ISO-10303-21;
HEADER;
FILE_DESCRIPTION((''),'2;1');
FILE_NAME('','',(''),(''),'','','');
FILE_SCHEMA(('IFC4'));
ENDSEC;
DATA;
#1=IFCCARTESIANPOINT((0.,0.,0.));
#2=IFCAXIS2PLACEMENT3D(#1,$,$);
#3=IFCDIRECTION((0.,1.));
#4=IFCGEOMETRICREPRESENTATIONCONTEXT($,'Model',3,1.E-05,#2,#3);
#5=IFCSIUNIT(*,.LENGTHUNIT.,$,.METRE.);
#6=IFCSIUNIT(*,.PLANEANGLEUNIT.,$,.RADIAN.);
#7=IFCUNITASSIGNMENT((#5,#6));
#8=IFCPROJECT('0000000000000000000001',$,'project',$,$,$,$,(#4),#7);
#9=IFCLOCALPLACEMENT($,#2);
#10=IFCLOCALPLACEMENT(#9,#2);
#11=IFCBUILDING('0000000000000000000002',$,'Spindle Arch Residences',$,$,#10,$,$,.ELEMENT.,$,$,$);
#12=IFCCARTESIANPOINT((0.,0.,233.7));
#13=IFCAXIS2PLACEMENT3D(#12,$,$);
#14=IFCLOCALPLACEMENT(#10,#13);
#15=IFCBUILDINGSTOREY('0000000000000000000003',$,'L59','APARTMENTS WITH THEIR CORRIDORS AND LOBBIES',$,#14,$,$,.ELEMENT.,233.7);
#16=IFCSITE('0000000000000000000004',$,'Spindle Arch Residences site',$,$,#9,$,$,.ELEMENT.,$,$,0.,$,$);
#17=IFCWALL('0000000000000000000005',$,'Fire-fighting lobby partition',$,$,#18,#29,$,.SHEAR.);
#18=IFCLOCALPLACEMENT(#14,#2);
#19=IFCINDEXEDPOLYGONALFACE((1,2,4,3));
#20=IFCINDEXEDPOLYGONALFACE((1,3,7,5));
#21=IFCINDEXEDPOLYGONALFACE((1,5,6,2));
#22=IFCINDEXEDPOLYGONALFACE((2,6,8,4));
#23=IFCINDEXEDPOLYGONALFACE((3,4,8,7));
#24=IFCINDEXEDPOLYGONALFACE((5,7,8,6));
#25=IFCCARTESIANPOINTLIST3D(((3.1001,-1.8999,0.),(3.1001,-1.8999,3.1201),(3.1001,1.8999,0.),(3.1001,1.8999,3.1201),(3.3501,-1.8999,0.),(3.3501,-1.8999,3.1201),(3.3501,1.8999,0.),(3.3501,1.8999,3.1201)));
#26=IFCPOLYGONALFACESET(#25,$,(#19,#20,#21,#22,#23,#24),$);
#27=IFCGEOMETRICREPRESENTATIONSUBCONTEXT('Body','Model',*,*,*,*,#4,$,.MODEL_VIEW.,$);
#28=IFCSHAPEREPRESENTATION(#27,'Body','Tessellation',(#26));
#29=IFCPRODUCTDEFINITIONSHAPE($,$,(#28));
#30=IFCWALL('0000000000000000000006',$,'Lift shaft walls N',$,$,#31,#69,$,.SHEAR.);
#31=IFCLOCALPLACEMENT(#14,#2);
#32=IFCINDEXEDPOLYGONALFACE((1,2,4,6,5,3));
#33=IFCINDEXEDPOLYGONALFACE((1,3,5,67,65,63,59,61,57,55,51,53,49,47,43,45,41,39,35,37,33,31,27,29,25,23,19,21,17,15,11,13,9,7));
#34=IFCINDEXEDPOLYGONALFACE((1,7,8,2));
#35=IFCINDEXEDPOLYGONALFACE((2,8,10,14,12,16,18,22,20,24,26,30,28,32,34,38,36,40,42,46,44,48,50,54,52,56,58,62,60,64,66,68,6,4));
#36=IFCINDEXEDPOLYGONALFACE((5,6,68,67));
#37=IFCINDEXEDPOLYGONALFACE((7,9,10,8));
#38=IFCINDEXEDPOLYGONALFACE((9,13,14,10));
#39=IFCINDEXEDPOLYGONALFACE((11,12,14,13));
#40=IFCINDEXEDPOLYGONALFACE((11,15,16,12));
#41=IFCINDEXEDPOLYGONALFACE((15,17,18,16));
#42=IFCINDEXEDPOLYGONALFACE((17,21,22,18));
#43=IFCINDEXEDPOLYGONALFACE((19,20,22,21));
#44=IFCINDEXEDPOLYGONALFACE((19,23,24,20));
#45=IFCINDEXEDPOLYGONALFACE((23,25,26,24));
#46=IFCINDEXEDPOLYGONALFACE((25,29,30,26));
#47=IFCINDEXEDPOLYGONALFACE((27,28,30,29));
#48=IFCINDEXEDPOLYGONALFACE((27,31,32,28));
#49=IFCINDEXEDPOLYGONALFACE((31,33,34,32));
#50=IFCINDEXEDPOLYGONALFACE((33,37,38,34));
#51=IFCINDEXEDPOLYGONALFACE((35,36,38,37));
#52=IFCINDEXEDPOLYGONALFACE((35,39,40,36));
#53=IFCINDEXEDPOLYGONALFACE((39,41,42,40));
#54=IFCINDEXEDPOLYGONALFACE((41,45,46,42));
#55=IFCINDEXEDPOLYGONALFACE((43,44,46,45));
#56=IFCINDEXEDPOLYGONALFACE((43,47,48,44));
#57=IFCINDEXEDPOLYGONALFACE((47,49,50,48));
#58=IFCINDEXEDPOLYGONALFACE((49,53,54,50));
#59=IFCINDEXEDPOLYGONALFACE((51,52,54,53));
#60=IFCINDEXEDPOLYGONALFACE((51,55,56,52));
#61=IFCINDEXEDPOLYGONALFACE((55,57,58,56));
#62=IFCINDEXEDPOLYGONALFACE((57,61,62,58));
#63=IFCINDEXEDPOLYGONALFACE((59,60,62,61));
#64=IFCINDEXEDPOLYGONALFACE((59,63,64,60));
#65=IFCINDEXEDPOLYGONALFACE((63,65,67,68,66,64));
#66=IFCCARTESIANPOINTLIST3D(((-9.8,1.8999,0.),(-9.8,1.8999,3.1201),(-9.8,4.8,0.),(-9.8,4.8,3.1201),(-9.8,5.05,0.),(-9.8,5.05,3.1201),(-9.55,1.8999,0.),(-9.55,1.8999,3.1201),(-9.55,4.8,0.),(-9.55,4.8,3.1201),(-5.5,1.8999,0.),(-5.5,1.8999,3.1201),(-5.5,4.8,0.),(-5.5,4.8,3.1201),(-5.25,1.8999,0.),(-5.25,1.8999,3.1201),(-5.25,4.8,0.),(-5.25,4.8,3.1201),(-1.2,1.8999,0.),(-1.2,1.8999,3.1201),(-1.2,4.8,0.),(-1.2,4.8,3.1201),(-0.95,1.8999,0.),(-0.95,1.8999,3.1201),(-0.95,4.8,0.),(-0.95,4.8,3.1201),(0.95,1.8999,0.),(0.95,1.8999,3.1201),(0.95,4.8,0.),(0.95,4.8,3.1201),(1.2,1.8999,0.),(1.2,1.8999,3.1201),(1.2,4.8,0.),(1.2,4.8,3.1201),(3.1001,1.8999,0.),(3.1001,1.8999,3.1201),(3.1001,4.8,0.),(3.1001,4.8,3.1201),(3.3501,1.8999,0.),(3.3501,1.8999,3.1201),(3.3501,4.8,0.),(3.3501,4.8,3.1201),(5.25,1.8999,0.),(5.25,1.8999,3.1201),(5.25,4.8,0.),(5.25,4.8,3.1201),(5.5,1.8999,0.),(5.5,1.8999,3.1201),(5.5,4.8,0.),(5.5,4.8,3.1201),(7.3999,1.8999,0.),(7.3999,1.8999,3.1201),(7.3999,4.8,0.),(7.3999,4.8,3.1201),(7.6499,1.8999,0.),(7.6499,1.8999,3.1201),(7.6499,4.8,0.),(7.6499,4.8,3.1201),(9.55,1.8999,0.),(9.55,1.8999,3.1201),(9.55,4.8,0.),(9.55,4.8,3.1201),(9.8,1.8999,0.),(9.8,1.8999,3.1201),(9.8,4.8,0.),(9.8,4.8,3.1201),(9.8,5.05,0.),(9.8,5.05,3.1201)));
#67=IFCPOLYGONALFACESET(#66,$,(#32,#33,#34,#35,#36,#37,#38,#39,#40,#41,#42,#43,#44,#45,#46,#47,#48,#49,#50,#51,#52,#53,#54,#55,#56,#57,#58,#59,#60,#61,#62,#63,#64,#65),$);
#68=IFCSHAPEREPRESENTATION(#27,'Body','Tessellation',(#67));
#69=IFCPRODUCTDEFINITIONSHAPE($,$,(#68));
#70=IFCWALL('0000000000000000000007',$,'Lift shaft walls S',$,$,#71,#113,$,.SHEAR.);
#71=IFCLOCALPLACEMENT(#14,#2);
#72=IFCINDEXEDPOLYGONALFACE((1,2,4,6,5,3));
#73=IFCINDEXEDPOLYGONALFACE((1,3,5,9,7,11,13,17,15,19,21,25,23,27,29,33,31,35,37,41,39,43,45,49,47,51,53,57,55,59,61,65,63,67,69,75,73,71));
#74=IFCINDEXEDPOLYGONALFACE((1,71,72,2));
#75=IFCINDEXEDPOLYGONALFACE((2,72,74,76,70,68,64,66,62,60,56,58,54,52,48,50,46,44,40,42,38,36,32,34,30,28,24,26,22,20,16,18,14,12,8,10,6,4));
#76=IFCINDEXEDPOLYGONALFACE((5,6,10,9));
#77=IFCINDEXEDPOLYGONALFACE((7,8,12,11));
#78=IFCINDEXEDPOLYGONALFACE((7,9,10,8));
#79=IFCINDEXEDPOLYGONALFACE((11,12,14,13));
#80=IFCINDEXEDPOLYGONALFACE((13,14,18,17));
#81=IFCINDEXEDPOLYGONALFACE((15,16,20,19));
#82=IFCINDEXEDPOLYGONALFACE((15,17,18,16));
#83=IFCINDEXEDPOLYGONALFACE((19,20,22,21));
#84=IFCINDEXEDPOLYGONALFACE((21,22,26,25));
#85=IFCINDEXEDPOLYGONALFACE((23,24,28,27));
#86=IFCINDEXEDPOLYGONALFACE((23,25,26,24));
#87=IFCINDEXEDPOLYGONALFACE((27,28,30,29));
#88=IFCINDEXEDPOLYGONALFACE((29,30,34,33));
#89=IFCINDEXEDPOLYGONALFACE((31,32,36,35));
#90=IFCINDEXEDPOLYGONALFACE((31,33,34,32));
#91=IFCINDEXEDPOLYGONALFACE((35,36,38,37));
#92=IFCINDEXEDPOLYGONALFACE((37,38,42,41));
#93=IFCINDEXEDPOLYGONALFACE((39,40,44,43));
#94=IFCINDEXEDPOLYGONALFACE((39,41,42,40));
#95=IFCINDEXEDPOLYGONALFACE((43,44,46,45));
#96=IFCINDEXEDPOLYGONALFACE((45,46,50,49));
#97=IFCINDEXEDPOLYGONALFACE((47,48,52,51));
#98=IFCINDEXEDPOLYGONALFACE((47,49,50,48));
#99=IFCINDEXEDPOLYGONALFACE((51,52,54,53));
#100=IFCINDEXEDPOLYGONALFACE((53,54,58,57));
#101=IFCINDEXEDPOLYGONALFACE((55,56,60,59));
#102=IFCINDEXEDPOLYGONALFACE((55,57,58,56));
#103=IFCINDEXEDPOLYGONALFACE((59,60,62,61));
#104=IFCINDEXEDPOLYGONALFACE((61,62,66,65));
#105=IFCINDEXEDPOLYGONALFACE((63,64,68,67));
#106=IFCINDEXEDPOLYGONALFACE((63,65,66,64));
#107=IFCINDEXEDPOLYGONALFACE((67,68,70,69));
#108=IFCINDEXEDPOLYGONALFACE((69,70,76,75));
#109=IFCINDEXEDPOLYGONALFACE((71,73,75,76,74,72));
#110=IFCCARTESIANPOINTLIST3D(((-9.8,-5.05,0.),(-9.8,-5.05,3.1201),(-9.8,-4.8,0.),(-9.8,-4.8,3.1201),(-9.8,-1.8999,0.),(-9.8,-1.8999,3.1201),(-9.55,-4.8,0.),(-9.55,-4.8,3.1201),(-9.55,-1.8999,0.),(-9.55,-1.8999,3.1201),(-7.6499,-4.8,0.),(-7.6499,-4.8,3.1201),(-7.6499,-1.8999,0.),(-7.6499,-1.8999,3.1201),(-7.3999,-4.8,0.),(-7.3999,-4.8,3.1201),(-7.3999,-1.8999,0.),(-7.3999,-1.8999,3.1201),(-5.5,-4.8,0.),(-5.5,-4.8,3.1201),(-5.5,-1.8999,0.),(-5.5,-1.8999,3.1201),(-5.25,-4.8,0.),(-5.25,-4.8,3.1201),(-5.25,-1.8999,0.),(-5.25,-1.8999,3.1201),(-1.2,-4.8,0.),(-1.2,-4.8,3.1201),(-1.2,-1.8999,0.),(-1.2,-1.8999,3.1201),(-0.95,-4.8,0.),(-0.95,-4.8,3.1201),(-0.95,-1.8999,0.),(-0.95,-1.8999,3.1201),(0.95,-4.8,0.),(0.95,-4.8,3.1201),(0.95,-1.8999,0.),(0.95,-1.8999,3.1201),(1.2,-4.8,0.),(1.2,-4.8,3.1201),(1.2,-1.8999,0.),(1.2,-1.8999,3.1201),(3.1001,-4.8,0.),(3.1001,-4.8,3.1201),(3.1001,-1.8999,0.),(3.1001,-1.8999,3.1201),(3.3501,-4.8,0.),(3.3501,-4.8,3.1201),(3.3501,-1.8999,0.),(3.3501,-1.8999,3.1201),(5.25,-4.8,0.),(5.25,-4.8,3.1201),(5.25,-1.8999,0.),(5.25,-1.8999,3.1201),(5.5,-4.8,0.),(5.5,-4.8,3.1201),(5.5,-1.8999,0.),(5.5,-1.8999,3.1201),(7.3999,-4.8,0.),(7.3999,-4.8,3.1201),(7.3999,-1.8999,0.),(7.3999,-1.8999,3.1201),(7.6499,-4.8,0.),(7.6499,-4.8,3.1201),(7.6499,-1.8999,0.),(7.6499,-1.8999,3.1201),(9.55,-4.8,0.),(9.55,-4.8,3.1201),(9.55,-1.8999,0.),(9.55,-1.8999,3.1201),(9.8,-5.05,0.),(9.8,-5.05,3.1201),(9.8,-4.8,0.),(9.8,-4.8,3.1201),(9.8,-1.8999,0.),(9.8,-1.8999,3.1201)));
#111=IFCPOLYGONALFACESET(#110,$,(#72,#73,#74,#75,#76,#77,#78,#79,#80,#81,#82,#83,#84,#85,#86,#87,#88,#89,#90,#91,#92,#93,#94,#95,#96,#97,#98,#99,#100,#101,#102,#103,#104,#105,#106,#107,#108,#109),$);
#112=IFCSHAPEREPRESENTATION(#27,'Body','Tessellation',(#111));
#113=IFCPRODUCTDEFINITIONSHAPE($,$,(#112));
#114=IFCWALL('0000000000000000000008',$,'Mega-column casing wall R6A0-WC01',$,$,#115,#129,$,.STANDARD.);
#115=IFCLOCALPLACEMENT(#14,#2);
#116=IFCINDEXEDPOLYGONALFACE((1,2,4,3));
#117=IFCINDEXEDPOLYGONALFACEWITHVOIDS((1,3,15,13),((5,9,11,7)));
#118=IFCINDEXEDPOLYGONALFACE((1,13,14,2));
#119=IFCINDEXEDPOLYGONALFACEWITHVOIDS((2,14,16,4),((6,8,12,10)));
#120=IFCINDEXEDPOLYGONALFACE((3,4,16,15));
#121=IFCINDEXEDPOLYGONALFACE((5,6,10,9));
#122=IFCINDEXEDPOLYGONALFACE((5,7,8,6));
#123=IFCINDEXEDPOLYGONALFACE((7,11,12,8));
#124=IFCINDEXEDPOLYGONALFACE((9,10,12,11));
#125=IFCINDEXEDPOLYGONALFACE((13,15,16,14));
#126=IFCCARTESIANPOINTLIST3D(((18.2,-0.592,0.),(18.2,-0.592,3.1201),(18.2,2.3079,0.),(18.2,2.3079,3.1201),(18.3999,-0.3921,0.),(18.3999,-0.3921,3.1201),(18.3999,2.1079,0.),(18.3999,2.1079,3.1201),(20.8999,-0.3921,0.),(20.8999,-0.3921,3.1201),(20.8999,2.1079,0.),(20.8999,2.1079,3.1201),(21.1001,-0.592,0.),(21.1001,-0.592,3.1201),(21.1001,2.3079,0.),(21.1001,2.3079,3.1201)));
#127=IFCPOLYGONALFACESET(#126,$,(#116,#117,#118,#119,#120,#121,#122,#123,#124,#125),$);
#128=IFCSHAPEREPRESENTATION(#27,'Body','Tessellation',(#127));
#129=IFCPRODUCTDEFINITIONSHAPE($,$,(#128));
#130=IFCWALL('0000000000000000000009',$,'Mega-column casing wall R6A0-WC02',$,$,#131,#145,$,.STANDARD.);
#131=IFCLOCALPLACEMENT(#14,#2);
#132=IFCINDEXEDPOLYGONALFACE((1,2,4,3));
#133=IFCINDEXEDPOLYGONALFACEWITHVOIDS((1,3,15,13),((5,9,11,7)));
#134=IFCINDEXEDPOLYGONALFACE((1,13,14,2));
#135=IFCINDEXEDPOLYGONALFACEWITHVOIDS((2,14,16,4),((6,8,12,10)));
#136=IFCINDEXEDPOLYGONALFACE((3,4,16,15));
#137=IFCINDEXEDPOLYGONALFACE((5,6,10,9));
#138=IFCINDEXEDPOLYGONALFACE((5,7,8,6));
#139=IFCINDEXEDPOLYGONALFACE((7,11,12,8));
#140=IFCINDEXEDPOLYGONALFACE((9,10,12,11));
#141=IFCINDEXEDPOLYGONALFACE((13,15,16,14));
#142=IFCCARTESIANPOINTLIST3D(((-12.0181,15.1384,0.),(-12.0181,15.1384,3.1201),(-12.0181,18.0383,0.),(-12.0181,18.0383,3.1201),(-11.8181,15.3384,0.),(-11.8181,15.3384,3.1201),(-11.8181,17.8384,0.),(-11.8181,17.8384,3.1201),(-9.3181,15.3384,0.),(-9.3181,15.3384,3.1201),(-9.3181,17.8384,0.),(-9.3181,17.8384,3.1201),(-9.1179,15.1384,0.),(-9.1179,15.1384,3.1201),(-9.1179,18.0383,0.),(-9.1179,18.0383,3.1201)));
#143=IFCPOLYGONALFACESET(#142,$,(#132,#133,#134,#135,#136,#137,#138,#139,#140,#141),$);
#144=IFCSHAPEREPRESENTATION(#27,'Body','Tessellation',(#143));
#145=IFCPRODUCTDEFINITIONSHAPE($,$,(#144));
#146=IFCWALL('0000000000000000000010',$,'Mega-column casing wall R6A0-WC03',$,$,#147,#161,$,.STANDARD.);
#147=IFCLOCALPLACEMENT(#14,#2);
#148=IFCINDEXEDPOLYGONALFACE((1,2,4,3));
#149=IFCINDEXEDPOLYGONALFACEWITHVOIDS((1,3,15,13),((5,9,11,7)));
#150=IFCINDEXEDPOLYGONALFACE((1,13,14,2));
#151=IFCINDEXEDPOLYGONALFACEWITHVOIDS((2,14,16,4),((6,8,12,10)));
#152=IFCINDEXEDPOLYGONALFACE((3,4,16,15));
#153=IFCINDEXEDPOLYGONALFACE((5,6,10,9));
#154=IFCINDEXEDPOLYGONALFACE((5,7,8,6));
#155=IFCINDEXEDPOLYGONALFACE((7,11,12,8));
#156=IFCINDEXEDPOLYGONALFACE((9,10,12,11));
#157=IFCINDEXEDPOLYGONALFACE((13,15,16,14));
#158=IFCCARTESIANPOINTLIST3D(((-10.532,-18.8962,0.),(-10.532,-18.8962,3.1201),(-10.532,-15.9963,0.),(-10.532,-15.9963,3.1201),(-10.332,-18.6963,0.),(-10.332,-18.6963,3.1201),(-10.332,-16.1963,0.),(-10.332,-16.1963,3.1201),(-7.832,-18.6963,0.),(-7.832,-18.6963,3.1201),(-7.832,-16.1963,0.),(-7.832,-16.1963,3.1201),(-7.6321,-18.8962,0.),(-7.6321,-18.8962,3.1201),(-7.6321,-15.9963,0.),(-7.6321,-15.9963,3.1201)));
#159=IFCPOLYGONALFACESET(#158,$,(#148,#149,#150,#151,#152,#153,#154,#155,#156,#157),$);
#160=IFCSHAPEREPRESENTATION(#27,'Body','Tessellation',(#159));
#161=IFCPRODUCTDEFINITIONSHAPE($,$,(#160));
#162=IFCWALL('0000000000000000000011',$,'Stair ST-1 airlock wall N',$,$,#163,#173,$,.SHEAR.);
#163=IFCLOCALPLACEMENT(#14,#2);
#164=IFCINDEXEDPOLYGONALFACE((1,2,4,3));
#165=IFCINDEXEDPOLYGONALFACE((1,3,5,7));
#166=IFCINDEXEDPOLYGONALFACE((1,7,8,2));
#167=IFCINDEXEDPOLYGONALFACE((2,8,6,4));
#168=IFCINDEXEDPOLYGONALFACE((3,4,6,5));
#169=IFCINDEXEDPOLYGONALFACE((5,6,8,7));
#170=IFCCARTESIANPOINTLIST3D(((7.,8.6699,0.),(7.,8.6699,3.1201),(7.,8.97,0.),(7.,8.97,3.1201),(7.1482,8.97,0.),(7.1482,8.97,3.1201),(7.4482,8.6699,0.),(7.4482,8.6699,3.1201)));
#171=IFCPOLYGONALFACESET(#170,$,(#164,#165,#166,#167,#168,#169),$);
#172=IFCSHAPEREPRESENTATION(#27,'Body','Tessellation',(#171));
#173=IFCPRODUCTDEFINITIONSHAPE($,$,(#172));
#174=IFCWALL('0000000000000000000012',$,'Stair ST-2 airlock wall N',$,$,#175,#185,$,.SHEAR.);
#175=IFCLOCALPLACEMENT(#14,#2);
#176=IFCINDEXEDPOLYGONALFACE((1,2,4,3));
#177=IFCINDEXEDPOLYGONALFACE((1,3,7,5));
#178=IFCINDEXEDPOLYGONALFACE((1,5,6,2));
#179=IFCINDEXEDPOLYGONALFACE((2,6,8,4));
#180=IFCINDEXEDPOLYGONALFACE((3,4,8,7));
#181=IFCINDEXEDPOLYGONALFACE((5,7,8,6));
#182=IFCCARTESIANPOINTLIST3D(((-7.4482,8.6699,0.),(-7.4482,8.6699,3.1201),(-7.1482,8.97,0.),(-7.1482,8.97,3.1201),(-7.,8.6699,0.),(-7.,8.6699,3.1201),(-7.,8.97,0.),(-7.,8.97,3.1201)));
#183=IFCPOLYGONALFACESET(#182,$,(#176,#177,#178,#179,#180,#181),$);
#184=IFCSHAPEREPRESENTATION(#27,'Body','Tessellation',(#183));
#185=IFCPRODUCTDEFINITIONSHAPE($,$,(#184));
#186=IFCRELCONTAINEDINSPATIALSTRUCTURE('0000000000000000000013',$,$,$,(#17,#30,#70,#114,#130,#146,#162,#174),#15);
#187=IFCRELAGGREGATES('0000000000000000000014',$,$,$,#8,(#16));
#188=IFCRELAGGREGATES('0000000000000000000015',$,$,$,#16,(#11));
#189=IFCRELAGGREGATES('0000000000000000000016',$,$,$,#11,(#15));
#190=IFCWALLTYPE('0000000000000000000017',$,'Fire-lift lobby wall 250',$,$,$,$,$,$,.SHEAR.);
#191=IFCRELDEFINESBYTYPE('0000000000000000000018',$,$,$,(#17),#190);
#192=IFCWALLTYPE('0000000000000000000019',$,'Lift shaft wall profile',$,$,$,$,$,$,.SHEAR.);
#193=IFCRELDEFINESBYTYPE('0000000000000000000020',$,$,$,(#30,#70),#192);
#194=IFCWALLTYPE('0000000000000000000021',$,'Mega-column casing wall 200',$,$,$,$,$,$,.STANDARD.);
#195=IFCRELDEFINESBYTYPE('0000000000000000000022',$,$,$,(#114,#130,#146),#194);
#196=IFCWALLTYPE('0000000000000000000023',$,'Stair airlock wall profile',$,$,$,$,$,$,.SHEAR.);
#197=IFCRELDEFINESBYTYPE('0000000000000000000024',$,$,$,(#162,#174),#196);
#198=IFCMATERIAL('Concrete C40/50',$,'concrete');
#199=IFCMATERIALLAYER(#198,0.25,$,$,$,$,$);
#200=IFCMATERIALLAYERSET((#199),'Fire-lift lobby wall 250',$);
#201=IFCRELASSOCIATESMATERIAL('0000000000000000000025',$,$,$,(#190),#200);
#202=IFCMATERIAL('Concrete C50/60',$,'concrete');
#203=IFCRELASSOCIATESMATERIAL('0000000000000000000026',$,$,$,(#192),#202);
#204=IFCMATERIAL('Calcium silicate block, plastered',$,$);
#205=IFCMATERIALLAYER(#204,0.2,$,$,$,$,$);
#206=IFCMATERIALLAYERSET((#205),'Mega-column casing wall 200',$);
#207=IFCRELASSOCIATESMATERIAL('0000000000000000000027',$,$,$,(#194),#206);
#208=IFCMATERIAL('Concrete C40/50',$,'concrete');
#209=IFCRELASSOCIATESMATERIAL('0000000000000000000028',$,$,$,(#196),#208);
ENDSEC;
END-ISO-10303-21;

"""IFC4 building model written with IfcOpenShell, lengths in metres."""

from ifc_helpers import new_model, si_unit, direction, frame, frame_2d, origin, place, context, subcontext, project, spatial, polyline, rectangle, outline, extrude, material, layer, layer_set, type_object, element, save


model = new_model("IFC4")

# Units and contexts
model_context = context("Model", 3, precision=1e-05, world=origin(), true_north=direction((0.0, 1.0)))
body_context = subcontext(model_context, "Body", "Model", "MODEL_VIEW")
ifc_project = project(units=[si_unit("LENGTHUNIT", "METRE"), si_unit("PLANEANGLEUNIT", "RADIAN")], contexts=[model_context])

# Site, building, storey
site_placement = place(None, origin())
site = spatial("IfcSite", under=ifc_project, at=site_placement, Name="Spindle Arch Residences site", CompositionType="ELEMENT", RefElevation=0.0)
building_placement = place(site_placement, origin())
building = spatial("IfcBuilding", under=site, at=building_placement, Name="Spindle Arch Residences", CompositionType="ELEMENT")
storey_placement = place(building_placement, frame((0.0, 0.0, 233.7)))
storey = spatial("IfcBuildingStorey", under=building, at=storey_placement, Name="L59", Description="APARTMENTS WITH THEIR CORRIDORS AND LOBBIES", CompositionType="ELEMENT", Elevation=233.7)

# Wall
ifc_material_1 = material(Name="Concrete C40/50", Category="concrete")
ifc_layer_1 = layer(ifc_material_1, 0.25)
ifc_layer_set_1 = layer_set([ifc_layer_1], Name="Fire-lift lobby wall 250")
wall_type_1 = type_object("IfcWallType", Name="Fire-lift lobby wall 250", PredefinedType="SHEAR", material=ifc_layer_set_1)
wall_1_placement = place(storey_placement, frame((3.2251, -1.8999, 0.0), z_axis=(0.0, 0.0, 1.0), x_axis=(0.0, 1.0, 0.0)))
element("IfcWall", 1, at=wall_1_placement, inside=storey, type_object=wall_type_1, Name="Fire-fighting lobby partition", PredefinedType="SHEAR", context=body_context, shape_type="SweptSolid", body=[
    extrude(rectangle(XDim=3.7998, YDim=0.25, at=frame_2d((1.8999, 0.0))), origin(), (0.0, 0.0, 1.0), 3.1201),
])

# Walls
ifc_material_2 = material(Name="Concrete C50/60", Category="concrete")
wall_type_2 = type_object("IfcWallType", Name="Lift shaft wall profile", PredefinedType="SHEAR", material=ifc_material_2)
wall_2_placement = place(storey_placement, origin())
element("IfcWall", 2, at=wall_2_placement, inside=storey, type_object=wall_type_2, Name="Lift shaft walls N", PredefinedType="SHEAR", context=body_context, shape_type="SweptSolid", body=[
    extrude(outline(polyline([(-9.55, 4.8), (-5.5, 4.8), (-5.5, 1.8999), (-5.25, 1.8999), (-5.25, 4.8), (-1.2, 4.8), (-1.2, 1.8999), (-0.95, 1.8999), (-0.95, 4.8), (0.95, 4.8), (0.95, 1.8999), (1.2, 1.8999), (1.2, 4.8), (3.1001, 4.8), (3.1001, 1.8999), (3.3501, 1.8999), (3.3501, 4.8), (5.25, 4.8), (5.25, 1.8999), (5.5, 1.8999), (5.5, 4.8), (7.3999, 4.8), (7.3999, 1.8999), (7.6499, 1.8999), (7.6499, 4.8), (9.55, 4.8), (9.55, 1.8999), (9.8, 1.8999), (9.8, 4.8), (9.8, 5.05), (-9.8, 5.05), (-9.8, 4.8), (-9.8, 1.8999), (-9.55, 1.8999), (-9.55, 4.8)])), origin(), (0.0, 0.0, 1.0), 3.1201),
])
wall_3_placement = place(storey_placement, origin())
element("IfcWall", 3, at=wall_3_placement, inside=storey, type_object=wall_type_2, Name="Lift shaft walls S", PredefinedType="SHEAR", context=body_context, shape_type="SweptSolid", body=[
    extrude(outline(polyline([(9.8, -5.05), (9.8, -4.8), (9.8, -1.8999), (9.55, -1.8999), (9.55, -4.8), (7.6499, -4.8), (7.6499, -1.8999), (7.3999, -1.8999), (7.3999, -4.8), (5.5, -4.8), (5.5, -1.8999), (5.25, -1.8999), (5.25, -4.8), (3.3501, -4.8), (3.3501, -1.8999), (3.1001, -1.8999), (3.1001, -4.8), (1.2, -4.8), (1.2, -1.8999), (0.95, -1.8999), (0.95, -4.8), (-0.95, -4.8), (-0.95, -1.8999), (-1.2, -1.8999), (-1.2, -4.8), (-5.25, -4.8), (-5.25, -1.8999), (-5.5, -1.8999), (-5.5, -4.8), (-7.3999, -4.8), (-7.3999, -1.8999), (-7.6499, -1.8999), (-7.6499, -4.8), (-9.55, -4.8), (-9.55, -1.8999), (-9.8, -1.8999), (-9.8, -4.8), (-9.8, -5.05), (9.8, -5.05)])), origin(), (0.0, 0.0, 1.0), 3.1201),
])
ifc_material_3 = material(Name="Calcium silicate block, plastered")
ifc_layer_2 = layer(ifc_material_3, 0.2)
ifc_layer_set_2 = layer_set([ifc_layer_2], Name="Mega-column casing wall 200")
wall_type_3 = type_object("IfcWallType", Name="Mega-column casing wall 200", PredefinedType="STANDARD", material=ifc_layer_set_2)
wall_4_placement = place(storey_placement, origin())
element("IfcWall", 4, at=wall_4_placement, inside=storey, type_object=wall_type_3, Name="Mega-column casing wall R6A0-WC01", PredefinedType="STANDARD", context=body_context, shape_type="SweptSolid", body=[
    extrude(outline(polyline([(21.1001, 2.3079), (21.1001, -0.592), (18.2, -0.592), (18.2, 2.3079), (21.1001, 2.3079)]), holes=[polyline([(18.3999, -0.3921), (20.8999, -0.3921), (20.8999, 2.1079), (18.3999, 2.1079), (18.3999, -0.3921)])]), origin(), (0.0, 0.0, 1.0), 3.1201),
])
wall_5_placement = place(storey_placement, origin())
element("IfcWall", 5, at=wall_5_placement, inside=storey, type_object=wall_type_3, Name="Mega-column casing wall R6A0-WC02", PredefinedType="STANDARD", context=body_context, shape_type="SweptSolid", body=[
    extrude(outline(polyline([(-9.1179, 18.0383), (-9.1179, 15.1384), (-12.0181, 15.1384), (-12.0181, 18.0383), (-9.1179, 18.0383)]), holes=[polyline([(-11.8181, 15.3384), (-9.3181, 15.3384), (-9.3181, 17.8384), (-11.8181, 17.8384), (-11.8181, 15.3384)])]), origin(), (0.0, 0.0, 1.0), 3.1201),
])
wall_6_placement = place(storey_placement, origin())
element("IfcWall", 6, at=wall_6_placement, inside=storey, type_object=wall_type_3, Name="Mega-column casing wall R6A0-WC03", PredefinedType="STANDARD", context=body_context, shape_type="SweptSolid", body=[
    extrude(outline(polyline([(-7.6321, -15.9963), (-7.6321, -18.8962), (-10.532, -18.8962), (-10.532, -15.9963), (-7.6321, -15.9963)]), holes=[polyline([(-10.332, -18.6963), (-7.832, -18.6963), (-7.832, -16.1963), (-10.332, -16.1963), (-10.332, -18.6963)])]), origin(), (0.0, 0.0, 1.0), 3.1201),
])
ifc_material_4 = material(Name="Concrete C40/50", Category="concrete")
wall_type_4 = type_object("IfcWallType", Name="Stair airlock wall profile", PredefinedType="SHEAR", material=ifc_material_4)
wall_7_placement = place(storey_placement, origin())
element("IfcWall", 7, at=wall_7_placement, inside=storey, type_object=wall_type_4, Name="Stair ST-1 airlock wall N", PredefinedType="SHEAR", context=body_context, shape_type="SweptSolid", body=[
    extrude(outline(polyline([(7.4482, 8.6699), (7.0, 8.6699), (7.0, 8.97), (7.1482, 8.97), (7.4482, 8.6699)])), origin(), (0.0, 0.0, 1.0), 3.1201),
])
wall_8_placement = place(storey_placement, origin())
element("IfcWall", 8, at=wall_8_placement, inside=storey, type_object=wall_type_4, Name="Stair ST-2 airlock wall N", PredefinedType="SHEAR", context=body_context, shape_type="SweptSolid", body=[
    extrude(outline(polyline([(-7.1482, 8.97), (-7.0, 8.97), (-7.0, 8.6699), (-7.4482, 8.6699), (-7.1482, 8.97)])), origin(), (0.0, 0.0, 1.0), 3.1201),
])

save(model, "model.ifc")
